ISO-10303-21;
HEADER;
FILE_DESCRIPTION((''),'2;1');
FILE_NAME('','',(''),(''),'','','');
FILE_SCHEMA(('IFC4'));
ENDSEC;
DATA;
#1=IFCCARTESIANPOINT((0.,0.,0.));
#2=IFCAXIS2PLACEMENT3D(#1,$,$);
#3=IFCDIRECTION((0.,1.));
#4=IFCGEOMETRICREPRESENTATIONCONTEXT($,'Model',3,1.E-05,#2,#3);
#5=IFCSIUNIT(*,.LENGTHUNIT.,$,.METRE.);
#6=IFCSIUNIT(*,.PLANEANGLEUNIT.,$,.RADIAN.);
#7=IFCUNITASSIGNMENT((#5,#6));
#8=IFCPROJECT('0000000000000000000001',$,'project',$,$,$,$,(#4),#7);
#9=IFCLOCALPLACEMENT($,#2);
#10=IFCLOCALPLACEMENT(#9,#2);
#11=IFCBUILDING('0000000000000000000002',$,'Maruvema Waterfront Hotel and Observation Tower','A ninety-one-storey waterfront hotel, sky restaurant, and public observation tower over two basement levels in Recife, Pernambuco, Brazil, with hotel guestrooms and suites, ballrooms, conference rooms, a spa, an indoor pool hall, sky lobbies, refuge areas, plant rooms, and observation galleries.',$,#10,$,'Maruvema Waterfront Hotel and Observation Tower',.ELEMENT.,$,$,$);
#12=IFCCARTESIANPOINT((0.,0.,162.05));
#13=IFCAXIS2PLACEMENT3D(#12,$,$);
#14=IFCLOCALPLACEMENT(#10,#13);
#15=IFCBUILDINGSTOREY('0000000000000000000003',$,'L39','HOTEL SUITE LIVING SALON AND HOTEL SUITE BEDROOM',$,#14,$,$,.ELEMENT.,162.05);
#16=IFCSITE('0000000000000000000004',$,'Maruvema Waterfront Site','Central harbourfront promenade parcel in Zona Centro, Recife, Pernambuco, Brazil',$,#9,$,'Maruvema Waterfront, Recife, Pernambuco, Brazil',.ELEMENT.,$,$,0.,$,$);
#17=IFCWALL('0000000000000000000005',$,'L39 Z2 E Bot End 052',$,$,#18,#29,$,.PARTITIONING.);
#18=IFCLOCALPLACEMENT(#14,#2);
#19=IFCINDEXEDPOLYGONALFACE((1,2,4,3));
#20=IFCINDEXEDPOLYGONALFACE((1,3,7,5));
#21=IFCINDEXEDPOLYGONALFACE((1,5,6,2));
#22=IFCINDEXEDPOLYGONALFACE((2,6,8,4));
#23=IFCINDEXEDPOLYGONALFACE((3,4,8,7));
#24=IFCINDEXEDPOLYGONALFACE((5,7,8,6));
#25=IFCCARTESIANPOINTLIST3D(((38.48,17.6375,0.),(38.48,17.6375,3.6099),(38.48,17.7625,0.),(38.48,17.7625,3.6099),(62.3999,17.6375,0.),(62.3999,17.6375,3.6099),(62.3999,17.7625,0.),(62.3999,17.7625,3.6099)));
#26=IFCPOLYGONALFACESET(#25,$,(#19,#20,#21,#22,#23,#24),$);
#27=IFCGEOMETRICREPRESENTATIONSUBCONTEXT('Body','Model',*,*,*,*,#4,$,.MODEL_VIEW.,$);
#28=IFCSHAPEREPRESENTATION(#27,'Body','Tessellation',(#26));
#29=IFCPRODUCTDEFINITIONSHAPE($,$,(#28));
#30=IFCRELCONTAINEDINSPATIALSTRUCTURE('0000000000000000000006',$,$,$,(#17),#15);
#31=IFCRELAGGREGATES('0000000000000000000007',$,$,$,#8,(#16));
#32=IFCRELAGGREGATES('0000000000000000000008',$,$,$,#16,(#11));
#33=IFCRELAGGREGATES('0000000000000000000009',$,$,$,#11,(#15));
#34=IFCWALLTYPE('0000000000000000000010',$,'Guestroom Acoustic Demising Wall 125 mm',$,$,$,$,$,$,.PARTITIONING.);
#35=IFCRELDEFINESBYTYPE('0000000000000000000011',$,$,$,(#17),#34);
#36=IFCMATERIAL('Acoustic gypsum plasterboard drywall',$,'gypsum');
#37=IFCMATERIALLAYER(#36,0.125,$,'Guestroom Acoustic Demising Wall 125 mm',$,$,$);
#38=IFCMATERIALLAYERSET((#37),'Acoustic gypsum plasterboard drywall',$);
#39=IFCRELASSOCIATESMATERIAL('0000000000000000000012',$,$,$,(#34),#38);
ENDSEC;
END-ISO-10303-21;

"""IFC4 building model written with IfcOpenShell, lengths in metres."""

from ifc_helpers import new_model, si_unit, direction, frame, frame_2d, origin, place, context, subcontext, project, spatial, rectangle, extrude, material, layer, layer_set, type_object, element, save


model = new_model("IFC4")

# Units and contexts
model_context = context("Model", 3, precision=1e-05, world=origin(), true_north=direction((0.0, 1.0)))
body_context = subcontext(model_context, "Body", "Model", "MODEL_VIEW")
ifc_project = project(units=[si_unit("LENGTHUNIT", "METRE"), si_unit("PLANEANGLEUNIT", "RADIAN")], contexts=[model_context])

# Site, building, storey
site_placement = place(None, origin())
site = spatial("IfcSite", under=ifc_project, at=site_placement, Name="Maruvema Waterfront Site", Description="Central harbourfront promenade parcel in Zona Centro, Recife, Pernambuco, Brazil", LongName="Maruvema Waterfront, Recife, Pernambuco, Brazil", CompositionType="ELEMENT", RefElevation=0.0)
building_placement = place(site_placement, origin())
building = spatial("IfcBuilding", under=site, at=building_placement, Name="Maruvema Waterfront Hotel and Observation Tower", Description="A ninety-one-storey waterfront hotel, sky restaurant, and public observation tower over two basement levels in Recife, Pernambuco, Brazil, with hotel guestrooms and suites, ballrooms, conference rooms, a spa, an indoor pool hall, sky lobbies, refuge areas, plant rooms, and observation galleries.", LongName="Maruvema Waterfront Hotel and Observation Tower", CompositionType="ELEMENT")
storey_placement = place(building_placement, frame((0.0, 0.0, 162.05)))
storey = spatial("IfcBuildingStorey", under=building, at=storey_placement, Name="L39", Description="HOTEL SUITE LIVING SALON AND HOTEL SUITE BEDROOM", CompositionType="ELEMENT", Elevation=162.05)

# Wall
ifc_material_1 = material(Name="Acoustic gypsum plasterboard drywall", Category="gypsum")
ifc_layer_1 = layer(ifc_material_1, 0.125, Name="Guestroom Acoustic Demising Wall 125 mm")
ifc_layer_set_1 = layer_set([ifc_layer_1], Name="Acoustic gypsum plasterboard drywall")
wall_type_1 = type_object("IfcWallType", Name="Guestroom Acoustic Demising Wall 125 mm", PredefinedType="PARTITIONING", material=ifc_layer_set_1)
wall_1_placement = place(storey_placement, frame((38.48, 17.7, 0.0), z_axis=(0.0, 0.0, 1.0), x_axis=(1.0, 0.0, 0.0)))
element("IfcWall", 1, at=wall_1_placement, inside=storey, type_object=wall_type_1, Name="L39 Z2 E Bot End 052", PredefinedType="PARTITIONING", context=body_context, shape_type="SweptSolid", body=[
    extrude(rectangle(XDim=23.9199, YDim=0.125, at=frame_2d((11.96, 0.0))), origin(), (0.0, 0.0, 1.0), 3.6099),
])

save(model, "model.ifc")
